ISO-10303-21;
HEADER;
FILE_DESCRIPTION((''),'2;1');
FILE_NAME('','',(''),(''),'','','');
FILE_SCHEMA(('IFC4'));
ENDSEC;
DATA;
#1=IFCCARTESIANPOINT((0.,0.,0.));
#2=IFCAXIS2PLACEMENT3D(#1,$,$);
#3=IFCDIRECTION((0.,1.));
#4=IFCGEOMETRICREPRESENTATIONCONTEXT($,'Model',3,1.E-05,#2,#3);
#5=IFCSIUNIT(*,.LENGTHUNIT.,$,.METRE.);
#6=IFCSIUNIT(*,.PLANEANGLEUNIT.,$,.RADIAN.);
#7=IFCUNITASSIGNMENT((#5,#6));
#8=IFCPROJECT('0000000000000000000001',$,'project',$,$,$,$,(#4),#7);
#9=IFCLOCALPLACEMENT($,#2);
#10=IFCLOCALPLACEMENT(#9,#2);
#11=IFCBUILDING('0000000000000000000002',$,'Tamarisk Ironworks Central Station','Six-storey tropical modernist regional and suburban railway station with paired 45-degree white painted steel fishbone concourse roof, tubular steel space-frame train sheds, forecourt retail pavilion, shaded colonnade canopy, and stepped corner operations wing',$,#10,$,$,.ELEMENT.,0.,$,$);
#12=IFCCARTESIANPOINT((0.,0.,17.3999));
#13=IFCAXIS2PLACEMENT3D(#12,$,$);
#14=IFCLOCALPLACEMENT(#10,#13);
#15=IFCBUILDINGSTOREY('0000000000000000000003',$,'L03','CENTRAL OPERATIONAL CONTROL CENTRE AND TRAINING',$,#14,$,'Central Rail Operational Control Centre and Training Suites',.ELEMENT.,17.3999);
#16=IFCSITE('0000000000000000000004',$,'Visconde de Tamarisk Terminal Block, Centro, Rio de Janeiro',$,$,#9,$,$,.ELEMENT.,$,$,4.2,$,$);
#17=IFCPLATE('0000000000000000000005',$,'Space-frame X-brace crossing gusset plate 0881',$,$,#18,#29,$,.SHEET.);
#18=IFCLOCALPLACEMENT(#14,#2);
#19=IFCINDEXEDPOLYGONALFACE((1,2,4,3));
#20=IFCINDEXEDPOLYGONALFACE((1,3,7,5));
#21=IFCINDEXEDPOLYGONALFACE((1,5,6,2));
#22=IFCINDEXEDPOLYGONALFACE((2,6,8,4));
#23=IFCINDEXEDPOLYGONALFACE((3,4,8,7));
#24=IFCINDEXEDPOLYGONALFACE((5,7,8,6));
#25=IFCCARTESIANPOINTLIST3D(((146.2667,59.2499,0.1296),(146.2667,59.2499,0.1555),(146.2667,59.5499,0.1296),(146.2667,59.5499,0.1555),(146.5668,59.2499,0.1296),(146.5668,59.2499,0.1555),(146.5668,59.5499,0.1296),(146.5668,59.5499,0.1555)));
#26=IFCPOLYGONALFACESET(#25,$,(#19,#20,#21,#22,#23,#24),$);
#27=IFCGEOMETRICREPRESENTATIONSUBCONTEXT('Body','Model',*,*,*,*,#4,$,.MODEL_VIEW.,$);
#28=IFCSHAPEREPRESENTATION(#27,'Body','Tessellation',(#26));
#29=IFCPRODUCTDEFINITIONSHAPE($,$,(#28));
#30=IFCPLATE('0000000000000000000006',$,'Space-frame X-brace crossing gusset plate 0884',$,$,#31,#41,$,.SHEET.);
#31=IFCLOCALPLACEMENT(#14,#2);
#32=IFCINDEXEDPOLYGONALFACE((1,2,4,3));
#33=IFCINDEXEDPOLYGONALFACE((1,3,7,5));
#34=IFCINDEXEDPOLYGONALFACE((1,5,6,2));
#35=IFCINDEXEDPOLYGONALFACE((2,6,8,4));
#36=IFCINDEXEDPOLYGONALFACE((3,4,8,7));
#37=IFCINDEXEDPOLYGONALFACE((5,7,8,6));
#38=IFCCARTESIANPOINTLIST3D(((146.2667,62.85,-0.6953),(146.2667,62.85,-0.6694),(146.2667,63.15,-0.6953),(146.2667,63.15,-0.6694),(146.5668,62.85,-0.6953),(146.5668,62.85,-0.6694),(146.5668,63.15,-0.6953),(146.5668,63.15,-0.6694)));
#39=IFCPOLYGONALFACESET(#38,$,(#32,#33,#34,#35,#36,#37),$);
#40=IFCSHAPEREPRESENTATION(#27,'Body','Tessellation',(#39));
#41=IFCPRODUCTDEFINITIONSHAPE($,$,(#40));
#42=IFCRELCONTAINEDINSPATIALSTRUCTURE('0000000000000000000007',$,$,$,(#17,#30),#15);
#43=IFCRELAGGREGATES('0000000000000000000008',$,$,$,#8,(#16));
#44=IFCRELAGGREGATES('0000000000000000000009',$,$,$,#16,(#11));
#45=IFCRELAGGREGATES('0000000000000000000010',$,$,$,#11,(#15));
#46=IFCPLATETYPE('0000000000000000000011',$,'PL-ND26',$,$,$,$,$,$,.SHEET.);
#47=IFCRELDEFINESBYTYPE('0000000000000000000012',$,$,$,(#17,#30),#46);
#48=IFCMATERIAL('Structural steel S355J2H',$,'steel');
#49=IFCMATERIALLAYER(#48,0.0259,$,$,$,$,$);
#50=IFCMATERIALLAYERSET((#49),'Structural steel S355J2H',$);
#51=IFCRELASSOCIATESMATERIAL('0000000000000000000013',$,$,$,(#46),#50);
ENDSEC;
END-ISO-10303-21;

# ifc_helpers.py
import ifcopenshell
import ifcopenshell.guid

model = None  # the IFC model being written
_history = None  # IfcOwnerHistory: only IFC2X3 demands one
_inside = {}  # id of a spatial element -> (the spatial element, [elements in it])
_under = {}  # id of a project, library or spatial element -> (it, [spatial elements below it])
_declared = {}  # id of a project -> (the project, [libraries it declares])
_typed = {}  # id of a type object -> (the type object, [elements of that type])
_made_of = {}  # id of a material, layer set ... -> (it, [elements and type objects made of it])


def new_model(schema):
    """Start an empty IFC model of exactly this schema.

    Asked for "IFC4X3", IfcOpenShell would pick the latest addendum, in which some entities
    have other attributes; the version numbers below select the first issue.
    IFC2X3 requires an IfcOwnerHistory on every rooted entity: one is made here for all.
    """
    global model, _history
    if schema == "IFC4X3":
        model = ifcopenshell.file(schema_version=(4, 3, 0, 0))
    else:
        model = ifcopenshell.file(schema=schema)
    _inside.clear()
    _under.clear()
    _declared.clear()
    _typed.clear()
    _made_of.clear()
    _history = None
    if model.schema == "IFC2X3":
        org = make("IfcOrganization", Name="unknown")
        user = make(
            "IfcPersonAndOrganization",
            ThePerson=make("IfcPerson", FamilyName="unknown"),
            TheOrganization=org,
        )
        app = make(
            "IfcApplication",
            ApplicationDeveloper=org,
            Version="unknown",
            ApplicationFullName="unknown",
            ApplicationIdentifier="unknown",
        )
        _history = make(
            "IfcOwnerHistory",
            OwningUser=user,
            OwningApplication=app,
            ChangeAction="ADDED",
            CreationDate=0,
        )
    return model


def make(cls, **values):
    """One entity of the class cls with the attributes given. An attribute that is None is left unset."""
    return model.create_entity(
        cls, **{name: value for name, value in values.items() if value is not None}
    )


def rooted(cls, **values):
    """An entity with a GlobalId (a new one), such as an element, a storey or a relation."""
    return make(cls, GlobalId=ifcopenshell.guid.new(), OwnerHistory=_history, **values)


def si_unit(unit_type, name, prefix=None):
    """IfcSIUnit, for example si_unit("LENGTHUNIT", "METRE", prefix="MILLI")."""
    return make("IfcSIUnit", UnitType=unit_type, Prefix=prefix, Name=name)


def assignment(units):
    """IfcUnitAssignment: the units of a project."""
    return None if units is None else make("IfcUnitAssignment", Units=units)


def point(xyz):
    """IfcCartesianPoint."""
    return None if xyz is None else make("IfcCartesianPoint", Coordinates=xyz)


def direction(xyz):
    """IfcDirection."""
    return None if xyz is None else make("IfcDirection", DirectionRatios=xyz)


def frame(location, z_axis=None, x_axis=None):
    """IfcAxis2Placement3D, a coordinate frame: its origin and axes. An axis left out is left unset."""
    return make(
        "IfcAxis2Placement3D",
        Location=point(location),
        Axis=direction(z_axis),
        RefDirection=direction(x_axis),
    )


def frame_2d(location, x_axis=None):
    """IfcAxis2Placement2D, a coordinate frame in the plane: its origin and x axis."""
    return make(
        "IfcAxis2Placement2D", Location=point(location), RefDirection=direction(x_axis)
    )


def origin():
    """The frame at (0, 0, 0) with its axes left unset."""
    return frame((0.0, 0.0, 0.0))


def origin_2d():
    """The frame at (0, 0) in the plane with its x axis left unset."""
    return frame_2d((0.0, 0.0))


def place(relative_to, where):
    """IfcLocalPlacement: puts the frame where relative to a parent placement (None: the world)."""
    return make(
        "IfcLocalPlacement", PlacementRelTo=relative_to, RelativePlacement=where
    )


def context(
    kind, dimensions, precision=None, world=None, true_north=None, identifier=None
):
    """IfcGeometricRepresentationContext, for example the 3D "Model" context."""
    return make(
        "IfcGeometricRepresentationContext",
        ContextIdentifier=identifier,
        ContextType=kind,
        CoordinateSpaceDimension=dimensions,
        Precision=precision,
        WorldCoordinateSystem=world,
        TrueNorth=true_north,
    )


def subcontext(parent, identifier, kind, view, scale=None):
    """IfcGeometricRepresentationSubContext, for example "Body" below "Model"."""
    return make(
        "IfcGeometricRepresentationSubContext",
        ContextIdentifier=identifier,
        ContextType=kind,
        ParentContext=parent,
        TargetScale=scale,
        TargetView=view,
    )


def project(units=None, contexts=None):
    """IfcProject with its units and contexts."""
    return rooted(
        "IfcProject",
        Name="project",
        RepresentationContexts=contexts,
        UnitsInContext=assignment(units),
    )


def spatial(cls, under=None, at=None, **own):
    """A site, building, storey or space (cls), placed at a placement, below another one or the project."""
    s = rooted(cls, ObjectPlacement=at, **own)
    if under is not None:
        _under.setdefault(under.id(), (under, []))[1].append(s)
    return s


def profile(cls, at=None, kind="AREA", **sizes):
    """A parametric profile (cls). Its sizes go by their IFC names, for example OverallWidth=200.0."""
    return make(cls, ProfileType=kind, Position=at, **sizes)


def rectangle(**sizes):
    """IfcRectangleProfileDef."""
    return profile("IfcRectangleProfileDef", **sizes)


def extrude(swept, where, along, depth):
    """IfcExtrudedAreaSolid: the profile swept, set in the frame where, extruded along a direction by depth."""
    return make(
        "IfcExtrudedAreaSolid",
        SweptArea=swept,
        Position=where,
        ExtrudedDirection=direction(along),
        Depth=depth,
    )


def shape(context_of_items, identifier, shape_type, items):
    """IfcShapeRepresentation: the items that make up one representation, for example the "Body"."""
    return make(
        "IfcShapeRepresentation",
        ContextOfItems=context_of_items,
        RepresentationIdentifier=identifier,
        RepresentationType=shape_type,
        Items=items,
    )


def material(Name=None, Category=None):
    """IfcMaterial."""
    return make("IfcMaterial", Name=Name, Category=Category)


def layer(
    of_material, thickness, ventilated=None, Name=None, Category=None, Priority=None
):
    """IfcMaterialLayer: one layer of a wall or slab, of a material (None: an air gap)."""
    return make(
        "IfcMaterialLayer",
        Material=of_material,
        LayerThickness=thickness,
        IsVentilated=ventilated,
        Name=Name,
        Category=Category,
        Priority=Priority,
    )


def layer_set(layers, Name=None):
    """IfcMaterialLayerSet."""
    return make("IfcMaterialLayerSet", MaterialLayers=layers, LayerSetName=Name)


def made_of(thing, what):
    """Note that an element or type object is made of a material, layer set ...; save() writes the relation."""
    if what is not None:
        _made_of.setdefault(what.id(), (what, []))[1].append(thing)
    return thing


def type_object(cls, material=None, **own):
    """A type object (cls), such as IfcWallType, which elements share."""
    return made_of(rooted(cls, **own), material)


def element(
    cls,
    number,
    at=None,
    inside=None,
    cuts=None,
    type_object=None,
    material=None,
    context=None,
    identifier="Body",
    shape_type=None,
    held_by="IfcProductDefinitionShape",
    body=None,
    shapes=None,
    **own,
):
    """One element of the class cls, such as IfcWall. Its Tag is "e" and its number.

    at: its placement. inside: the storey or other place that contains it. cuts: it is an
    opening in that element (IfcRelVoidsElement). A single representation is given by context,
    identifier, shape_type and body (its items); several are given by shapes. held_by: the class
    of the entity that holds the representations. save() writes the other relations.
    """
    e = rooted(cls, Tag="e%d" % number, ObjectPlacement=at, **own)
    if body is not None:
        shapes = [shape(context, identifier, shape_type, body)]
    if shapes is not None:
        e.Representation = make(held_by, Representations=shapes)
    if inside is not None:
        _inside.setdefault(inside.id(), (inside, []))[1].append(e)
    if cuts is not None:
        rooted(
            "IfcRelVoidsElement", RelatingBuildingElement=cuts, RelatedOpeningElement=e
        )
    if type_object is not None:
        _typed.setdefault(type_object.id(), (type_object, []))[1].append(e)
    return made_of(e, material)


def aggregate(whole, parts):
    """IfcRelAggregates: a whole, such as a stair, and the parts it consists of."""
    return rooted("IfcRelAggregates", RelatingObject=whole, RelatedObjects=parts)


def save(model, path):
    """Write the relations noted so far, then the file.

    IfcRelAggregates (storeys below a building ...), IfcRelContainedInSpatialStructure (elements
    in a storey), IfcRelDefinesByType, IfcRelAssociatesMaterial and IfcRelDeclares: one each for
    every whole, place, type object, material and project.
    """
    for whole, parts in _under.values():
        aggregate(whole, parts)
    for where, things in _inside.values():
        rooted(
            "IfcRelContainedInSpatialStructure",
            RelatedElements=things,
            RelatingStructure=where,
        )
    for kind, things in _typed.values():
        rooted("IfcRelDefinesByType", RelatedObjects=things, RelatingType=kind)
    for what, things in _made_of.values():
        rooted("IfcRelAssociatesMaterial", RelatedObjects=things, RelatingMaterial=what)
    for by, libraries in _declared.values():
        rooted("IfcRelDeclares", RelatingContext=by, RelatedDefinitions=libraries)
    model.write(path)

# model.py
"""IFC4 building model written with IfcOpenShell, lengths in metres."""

from ifc_helpers import new_model, si_unit, direction, frame, origin, origin_2d, place, context, subcontext, project, spatial, rectangle, extrude, material, layer, layer_set, type_object, element, save


model = new_model("IFC4")

# Units and contexts
model_context = context("Model", 3, precision=1e-05, world=origin(), true_north=direction((0.0, 1.0)))
body_context = subcontext(model_context, "Body", "Model", "MODEL_VIEW")
ifc_project = project(units=[si_unit("LENGTHUNIT", "METRE"), si_unit("PLANEANGLEUNIT", "RADIAN")], contexts=[model_context])

# Site, building, storey
site_placement = place(None, origin())
site = spatial("IfcSite", under=ifc_project, at=site_placement, Name="Visconde de Tamarisk Terminal Block, Centro, Rio de Janeiro", CompositionType="ELEMENT", RefElevation=4.2)
building_placement = place(site_placement, origin())
building = spatial("IfcBuilding", under=site, at=building_placement, Name="Tamarisk Ironworks Central Station", Description="Six-storey tropical modernist regional and suburban railway station with paired 45-degree white painted steel fishbone concourse roof, tubular steel space-frame train sheds, forecourt retail pavilion, shaded colonnade canopy, and stepped corner operations wing", CompositionType="ELEMENT", ElevationOfRefHeight=0.0)
storey_placement = place(building_placement, frame((0.0, 0.0, 17.3999)))
storey = spatial("IfcBuildingStorey", under=building, at=storey_placement, Name="L03", Description="CENTRAL OPERATIONAL CONTROL CENTRE AND TRAINING", LongName="Central Rail Operational Control Centre and Training Suites", CompositionType="ELEMENT", Elevation=17.3999)

# Shared definitions
ifc_material = material(Name="Structural steel S355J2H", Category="steel")

# Plates
ifc_layer = layer(ifc_material, 0.0259)
ifc_layer_set = layer_set([ifc_layer], Name="Structural steel S355J2H")
plate_type = type_object("IfcPlateType", Name="PL-ND26", PredefinedType="SHEET", material=ifc_layer_set)
for number, where, z_axis, x_axis, name in (
    (1, (146.4167, 59.3999, 0.1296), (0.0, 0.0, 1.0), (1.0, 0.0, 0.0), "Space-frame X-brace crossing gusset plate 0881"),
    (2, (146.4167, 63.0, -0.6953), (0.0, 0.0, 1.0), (1.0, 0.0, 0.0), "Space-frame X-brace crossing gusset plate 0884"),
):
    element("IfcPlate", number, at=place(storey_placement, frame(where, z_axis=z_axis, x_axis=x_axis)), inside=storey, type_object=plate_type, Name=name, PredefinedType="SHEET", context=body_context, shape_type="SweptSolid", body=[
        extrude(rectangle(XDim=0.3, YDim=0.3, at=origin_2d()), origin(), (0.0, 0.0, 1.0), 0.0259),
    ])

save(model, "model.ifc")
